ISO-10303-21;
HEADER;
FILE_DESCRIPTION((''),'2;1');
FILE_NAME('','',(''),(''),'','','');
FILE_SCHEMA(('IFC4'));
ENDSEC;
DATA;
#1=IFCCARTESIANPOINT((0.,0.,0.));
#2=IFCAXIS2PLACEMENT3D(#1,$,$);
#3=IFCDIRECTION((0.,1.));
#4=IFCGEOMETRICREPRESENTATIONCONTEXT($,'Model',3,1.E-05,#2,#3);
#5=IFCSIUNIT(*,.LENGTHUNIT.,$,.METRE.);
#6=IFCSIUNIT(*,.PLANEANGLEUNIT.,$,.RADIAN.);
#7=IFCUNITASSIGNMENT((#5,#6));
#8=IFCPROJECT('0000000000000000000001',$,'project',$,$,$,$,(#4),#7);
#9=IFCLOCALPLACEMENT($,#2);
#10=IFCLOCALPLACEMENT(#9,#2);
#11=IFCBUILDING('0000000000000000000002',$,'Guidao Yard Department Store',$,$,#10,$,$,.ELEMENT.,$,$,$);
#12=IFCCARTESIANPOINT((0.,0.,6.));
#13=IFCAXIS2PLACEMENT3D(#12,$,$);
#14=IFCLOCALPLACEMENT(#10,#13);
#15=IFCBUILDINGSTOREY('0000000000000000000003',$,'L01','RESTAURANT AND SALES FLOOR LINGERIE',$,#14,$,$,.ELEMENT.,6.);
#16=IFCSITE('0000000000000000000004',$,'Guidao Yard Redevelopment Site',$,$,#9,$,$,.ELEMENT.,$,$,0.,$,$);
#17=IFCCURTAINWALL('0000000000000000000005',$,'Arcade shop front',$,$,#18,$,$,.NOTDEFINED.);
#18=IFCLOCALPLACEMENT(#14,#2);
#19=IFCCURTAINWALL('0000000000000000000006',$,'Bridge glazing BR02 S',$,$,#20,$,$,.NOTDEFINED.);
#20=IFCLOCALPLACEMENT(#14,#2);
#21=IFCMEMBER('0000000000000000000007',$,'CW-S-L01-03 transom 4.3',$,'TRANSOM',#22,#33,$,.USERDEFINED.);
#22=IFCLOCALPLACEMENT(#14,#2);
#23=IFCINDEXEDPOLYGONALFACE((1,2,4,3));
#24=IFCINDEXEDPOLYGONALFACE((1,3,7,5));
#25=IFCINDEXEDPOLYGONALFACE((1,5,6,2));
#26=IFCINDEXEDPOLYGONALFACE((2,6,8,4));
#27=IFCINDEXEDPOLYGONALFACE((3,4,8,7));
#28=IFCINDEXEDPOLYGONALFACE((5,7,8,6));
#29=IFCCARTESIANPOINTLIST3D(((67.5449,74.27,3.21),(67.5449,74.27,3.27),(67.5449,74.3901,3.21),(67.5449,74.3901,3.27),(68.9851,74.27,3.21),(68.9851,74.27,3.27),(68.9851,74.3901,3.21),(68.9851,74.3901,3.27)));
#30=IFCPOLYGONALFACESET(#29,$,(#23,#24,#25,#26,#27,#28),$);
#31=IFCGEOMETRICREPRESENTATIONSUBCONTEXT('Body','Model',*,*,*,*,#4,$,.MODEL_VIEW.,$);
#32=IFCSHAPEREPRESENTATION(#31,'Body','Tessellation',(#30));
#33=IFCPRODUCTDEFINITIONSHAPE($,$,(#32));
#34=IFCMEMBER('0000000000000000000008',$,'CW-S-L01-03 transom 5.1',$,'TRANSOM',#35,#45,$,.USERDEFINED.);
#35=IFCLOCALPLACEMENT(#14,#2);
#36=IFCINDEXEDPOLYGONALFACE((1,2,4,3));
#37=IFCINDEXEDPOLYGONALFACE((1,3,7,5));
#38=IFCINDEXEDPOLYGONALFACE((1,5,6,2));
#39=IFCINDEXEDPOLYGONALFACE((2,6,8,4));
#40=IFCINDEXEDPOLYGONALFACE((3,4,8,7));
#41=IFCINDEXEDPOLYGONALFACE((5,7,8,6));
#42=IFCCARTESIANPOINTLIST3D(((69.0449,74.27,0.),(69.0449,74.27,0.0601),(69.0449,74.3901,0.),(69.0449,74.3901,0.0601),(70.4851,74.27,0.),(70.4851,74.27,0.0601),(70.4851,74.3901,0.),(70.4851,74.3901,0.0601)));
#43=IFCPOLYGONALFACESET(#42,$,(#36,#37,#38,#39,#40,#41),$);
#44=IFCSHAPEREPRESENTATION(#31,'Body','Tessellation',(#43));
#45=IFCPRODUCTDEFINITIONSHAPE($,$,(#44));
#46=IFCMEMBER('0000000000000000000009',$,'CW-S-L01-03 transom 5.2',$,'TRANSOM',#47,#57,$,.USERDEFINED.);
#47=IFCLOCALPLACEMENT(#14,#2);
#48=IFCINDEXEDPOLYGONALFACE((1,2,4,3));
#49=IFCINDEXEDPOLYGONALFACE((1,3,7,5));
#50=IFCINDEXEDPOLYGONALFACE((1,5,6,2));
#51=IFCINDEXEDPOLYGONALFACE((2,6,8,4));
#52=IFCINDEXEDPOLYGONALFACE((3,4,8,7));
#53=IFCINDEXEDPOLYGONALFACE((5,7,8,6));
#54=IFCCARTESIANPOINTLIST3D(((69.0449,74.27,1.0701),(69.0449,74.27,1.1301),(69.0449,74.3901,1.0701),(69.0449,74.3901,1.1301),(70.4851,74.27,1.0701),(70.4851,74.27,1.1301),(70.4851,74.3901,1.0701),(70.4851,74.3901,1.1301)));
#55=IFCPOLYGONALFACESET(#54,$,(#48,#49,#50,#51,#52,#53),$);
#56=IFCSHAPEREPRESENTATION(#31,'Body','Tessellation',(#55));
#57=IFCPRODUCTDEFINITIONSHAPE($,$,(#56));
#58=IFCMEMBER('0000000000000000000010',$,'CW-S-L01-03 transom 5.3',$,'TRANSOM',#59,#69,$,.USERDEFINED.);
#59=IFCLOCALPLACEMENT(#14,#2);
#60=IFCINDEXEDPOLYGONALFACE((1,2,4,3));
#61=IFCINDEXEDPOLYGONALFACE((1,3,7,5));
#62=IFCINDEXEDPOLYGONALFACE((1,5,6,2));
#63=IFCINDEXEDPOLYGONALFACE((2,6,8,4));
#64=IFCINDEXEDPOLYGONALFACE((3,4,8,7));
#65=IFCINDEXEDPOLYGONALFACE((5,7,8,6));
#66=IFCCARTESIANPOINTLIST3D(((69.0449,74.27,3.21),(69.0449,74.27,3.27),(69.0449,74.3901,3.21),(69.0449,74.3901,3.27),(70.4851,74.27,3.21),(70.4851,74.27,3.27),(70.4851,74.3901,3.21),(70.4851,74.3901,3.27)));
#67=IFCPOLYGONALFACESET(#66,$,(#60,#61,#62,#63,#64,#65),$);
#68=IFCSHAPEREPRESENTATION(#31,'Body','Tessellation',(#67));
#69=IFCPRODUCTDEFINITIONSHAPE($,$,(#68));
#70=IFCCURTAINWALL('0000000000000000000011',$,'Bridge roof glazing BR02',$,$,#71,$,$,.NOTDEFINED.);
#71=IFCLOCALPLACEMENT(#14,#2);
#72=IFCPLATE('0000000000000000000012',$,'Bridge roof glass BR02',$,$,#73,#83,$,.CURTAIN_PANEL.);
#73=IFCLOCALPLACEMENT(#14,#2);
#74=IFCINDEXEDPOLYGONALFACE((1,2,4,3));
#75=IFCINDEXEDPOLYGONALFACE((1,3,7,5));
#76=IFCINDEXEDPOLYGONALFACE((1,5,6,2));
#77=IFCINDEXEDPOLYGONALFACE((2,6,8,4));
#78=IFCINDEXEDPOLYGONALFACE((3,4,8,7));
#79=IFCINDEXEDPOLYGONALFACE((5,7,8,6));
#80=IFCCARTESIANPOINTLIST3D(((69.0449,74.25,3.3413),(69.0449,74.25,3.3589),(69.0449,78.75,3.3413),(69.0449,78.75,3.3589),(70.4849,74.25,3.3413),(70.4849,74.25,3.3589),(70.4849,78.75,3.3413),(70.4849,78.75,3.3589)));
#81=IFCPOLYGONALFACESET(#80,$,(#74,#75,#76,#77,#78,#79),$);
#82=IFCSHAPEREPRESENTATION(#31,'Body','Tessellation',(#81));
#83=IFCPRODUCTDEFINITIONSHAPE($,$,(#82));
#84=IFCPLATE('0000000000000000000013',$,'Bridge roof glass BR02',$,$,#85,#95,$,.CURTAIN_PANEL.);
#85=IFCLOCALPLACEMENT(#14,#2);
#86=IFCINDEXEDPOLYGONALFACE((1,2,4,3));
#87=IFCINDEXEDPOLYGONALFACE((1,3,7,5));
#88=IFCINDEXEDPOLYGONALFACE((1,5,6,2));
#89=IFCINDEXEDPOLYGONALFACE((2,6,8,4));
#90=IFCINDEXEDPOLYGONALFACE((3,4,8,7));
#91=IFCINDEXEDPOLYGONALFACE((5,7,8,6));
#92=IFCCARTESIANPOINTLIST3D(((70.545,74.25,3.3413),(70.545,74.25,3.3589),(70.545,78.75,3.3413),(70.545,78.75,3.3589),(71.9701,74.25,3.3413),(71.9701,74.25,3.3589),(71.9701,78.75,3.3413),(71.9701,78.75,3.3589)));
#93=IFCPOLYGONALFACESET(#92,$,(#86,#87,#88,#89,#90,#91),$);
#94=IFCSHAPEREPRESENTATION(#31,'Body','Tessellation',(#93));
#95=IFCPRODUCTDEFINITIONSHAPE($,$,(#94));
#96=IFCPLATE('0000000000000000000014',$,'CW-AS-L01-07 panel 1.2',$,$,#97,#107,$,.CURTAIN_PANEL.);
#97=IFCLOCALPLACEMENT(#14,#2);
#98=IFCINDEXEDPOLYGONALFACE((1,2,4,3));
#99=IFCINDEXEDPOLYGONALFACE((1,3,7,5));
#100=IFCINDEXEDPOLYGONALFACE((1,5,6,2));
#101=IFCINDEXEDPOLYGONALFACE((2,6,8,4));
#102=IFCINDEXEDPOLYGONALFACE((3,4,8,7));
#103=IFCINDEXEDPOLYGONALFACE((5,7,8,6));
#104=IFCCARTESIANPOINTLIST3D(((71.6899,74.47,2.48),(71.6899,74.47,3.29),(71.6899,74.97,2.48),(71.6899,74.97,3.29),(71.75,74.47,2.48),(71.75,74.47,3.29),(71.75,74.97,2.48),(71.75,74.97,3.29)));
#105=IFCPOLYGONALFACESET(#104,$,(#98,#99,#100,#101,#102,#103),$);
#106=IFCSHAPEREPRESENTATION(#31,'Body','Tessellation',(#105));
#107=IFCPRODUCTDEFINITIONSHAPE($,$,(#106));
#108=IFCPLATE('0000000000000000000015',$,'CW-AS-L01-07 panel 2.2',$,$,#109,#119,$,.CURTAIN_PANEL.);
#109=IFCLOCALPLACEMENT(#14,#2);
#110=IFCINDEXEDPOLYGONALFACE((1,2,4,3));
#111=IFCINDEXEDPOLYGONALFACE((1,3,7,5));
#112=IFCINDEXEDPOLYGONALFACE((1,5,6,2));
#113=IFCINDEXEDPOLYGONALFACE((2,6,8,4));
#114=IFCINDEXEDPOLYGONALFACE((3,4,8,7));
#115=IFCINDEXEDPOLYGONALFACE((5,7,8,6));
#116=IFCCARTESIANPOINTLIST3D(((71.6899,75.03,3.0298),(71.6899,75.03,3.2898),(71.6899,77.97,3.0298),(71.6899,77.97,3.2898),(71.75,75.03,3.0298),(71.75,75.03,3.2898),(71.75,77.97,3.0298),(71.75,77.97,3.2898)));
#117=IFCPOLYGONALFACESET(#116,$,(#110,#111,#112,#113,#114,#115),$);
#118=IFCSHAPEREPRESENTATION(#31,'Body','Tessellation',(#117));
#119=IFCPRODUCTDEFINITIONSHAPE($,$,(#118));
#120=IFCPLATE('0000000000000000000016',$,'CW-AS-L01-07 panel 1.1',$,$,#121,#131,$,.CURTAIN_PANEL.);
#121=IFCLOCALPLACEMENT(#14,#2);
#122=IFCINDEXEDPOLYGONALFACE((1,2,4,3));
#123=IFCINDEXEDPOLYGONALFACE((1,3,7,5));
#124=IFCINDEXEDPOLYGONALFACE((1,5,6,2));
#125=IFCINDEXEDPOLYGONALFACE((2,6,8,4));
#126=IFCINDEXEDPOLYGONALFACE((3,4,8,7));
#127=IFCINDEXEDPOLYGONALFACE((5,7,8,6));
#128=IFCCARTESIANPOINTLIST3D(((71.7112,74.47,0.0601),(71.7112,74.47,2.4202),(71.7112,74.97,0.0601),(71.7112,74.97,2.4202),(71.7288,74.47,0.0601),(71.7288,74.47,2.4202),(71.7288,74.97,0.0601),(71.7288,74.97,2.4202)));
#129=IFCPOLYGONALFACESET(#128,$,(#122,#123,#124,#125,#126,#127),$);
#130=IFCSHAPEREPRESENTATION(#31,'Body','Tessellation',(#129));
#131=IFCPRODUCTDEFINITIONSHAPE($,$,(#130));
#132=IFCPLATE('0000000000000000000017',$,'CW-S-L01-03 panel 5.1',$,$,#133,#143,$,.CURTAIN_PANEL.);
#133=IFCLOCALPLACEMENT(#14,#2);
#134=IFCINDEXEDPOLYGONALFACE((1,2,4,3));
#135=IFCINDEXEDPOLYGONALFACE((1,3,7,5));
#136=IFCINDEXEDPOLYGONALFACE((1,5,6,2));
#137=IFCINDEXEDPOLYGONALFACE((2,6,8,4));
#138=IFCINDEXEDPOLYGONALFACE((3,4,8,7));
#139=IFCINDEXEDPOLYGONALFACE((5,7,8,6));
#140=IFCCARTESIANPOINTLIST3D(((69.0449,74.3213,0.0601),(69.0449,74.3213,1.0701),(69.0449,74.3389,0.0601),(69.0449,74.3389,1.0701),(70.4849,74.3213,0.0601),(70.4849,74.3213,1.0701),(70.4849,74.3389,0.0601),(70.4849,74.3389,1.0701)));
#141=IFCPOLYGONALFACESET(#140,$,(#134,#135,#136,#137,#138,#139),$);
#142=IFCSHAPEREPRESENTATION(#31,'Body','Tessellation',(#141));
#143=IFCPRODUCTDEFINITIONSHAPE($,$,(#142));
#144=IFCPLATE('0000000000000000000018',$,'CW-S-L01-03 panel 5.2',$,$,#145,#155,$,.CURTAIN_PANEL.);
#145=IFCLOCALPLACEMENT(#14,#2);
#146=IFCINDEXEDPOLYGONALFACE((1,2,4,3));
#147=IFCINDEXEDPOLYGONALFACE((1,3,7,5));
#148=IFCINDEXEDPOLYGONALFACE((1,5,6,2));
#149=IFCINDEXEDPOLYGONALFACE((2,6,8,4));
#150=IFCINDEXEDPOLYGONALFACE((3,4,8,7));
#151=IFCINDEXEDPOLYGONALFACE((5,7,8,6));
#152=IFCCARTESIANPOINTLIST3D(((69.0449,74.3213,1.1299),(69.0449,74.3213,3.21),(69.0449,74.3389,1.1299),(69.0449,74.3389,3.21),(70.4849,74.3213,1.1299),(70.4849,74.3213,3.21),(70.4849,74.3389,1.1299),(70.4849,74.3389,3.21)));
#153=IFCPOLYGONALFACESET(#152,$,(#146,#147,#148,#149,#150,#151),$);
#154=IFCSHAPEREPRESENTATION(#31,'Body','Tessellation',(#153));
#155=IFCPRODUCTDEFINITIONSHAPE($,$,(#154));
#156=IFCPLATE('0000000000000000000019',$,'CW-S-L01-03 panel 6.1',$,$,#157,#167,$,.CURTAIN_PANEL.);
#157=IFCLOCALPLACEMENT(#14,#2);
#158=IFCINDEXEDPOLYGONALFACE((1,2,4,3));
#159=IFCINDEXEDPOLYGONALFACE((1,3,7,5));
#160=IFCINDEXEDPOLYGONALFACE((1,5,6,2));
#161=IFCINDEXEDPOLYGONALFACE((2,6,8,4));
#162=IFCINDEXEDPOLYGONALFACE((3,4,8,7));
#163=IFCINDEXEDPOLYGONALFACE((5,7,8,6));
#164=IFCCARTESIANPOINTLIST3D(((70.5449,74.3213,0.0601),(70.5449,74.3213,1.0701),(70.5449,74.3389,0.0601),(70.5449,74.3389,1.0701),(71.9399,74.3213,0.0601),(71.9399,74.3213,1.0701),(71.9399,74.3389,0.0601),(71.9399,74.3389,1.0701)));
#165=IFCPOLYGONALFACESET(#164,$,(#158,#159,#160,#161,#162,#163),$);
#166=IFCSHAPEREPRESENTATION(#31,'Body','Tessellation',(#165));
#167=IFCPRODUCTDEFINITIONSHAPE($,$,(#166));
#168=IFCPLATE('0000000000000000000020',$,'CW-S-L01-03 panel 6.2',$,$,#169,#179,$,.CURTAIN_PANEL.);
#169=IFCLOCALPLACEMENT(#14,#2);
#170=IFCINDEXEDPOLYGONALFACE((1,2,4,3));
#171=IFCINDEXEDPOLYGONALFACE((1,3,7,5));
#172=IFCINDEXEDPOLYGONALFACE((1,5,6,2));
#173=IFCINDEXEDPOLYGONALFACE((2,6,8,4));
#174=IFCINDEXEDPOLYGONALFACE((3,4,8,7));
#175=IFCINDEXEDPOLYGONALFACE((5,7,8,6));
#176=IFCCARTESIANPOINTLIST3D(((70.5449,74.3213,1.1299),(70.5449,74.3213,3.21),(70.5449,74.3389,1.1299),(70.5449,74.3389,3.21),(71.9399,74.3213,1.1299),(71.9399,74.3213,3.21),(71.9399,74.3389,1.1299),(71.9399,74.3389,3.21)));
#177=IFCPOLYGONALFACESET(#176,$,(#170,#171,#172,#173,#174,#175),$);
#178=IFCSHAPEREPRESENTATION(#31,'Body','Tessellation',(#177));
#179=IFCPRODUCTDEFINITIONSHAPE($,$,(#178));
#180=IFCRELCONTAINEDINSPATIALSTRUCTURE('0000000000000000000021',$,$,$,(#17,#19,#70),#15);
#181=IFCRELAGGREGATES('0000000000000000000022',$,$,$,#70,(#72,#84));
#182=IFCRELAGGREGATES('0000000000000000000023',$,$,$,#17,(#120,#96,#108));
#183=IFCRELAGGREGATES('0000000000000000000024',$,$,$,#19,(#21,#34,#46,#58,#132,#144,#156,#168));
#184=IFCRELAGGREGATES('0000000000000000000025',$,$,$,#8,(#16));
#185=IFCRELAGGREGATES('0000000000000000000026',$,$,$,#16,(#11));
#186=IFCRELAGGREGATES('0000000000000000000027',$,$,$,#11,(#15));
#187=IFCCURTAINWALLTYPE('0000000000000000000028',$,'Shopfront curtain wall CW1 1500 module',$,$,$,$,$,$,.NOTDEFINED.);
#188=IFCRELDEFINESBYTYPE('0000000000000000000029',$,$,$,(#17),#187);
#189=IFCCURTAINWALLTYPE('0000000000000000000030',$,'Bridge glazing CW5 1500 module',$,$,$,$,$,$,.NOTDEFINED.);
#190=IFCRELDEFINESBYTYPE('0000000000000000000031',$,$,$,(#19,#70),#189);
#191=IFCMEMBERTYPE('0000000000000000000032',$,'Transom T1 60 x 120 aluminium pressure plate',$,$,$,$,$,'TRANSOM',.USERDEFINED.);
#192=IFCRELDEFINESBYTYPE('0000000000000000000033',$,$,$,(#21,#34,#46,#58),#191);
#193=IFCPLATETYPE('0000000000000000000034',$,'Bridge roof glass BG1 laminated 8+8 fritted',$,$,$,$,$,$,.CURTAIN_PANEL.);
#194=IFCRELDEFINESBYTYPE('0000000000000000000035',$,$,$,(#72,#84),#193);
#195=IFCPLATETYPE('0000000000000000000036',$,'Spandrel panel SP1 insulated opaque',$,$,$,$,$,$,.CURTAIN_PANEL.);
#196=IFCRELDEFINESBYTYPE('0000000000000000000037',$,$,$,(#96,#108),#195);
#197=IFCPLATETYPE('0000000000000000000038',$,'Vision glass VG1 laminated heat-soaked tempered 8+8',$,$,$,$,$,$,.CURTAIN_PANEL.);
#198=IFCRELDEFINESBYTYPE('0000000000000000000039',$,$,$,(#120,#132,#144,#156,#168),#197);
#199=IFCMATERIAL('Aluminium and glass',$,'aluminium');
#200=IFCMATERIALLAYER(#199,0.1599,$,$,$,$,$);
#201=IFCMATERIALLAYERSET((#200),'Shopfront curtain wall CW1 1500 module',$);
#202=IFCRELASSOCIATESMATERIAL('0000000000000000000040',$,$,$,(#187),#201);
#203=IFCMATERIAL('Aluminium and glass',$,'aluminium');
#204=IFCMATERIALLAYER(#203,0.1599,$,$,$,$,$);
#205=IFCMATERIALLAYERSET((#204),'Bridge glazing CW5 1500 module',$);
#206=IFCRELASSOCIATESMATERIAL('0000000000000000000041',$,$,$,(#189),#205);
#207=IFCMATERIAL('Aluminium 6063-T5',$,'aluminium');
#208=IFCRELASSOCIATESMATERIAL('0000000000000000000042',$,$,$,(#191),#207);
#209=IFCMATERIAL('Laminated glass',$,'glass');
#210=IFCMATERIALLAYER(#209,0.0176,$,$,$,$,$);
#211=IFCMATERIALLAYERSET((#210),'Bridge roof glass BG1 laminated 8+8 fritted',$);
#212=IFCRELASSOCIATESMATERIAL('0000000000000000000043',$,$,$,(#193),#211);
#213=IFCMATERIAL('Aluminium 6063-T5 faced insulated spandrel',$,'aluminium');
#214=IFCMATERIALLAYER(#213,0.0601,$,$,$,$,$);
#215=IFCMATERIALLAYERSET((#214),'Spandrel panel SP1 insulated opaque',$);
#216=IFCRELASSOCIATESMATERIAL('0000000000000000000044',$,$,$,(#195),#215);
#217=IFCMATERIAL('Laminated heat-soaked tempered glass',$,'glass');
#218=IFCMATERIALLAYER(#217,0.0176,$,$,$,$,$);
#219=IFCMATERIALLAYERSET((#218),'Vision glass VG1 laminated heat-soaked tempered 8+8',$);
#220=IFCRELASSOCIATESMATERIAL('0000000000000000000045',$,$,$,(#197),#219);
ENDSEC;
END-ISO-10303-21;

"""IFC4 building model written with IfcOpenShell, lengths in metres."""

from ifc_helpers import new_model, si_unit, direction, frame, origin, origin_2d, place, context, subcontext, project, spatial, rectangle, extrude, material, layer, layer_set, material_profile, profile_set, type_object, element, aggregate, save


model = new_model("IFC4")

# Units and contexts
model_context = context("Model", 3, precision=1e-05, world=origin(), true_north=direction((0.0, 1.0)))
body_context = subcontext(model_context, "Body", "Model", "MODEL_VIEW")
ifc_project = project(units=[si_unit("LENGTHUNIT", "METRE"), si_unit("PLANEANGLEUNIT", "RADIAN")], contexts=[model_context])

# Site, building, storey
site_placement = place(None, origin())
site = spatial("IfcSite", under=ifc_project, at=site_placement, Name="Guidao Yard Redevelopment Site", CompositionType="ELEMENT", RefElevation=0.0)
building_placement = place(site_placement, origin())
building = spatial("IfcBuilding", under=site, at=building_placement, Name="Guidao Yard Department Store", CompositionType="ELEMENT")
storey_placement = place(building_placement, frame((0.0, 0.0, 6.0)))
storey = spatial("IfcBuildingStorey", under=building, at=storey_placement, Name="L01", Description="RESTAURANT AND SALES FLOOR LINGERIE", CompositionType="ELEMENT", Elevation=6.0)

# Curtain walls
ifc_material_1 = material(Name="Aluminium and glass", Category="aluminium")
ifc_layer_1 = layer(ifc_material_1, 0.1599)
ifc_layer_set_1 = layer_set([ifc_layer_1], Name="Shopfront curtain wall CW1 1500 module")
curtain_wall_type_1 = type_object("IfcCurtainWallType", Name="Shopfront curtain wall CW1 1500 module", PredefinedType="NOTDEFINED", material=ifc_layer_set_1)
curtain_wall_1_placement = place(storey_placement, origin())
curtain_wall_1 = element("IfcCurtainWall", 1, at=curtain_wall_1_placement, inside=storey, type_object=curtain_wall_type_1, Name="Arcade shop front", PredefinedType="NOTDEFINED")
ifc_material_2 = material(Name="Aluminium and glass", Category="aluminium")
ifc_layer_2 = layer(ifc_material_2, 0.1599)
ifc_layer_set_2 = layer_set([ifc_layer_2], Name="Bridge glazing CW5 1500 module")
curtain_wall_type_2 = type_object("IfcCurtainWallType", Name="Bridge glazing CW5 1500 module", PredefinedType="NOTDEFINED", material=ifc_layer_set_2)
curtain_wall_2_placement = place(storey_placement, origin())
curtain_wall_2 = element("IfcCurtainWall", 2, at=curtain_wall_2_placement, inside=storey, type_object=curtain_wall_type_2, Name="Bridge glazing BR02 S", PredefinedType="NOTDEFINED")

# Members
ifc_material_3 = material(Name="Aluminium 6063-T5", Category="aluminium")
ifc_material_profile_1 = material_profile(ifc_material_3, rectangle(XDim=0.1201, YDim=0.0601, at=origin_2d()), Name="Transom T1 60 x 120 aluminium pressure plate")
ifc_profile_set_1 = profile_set([ifc_material_profile_1], Name="Aluminium 6063-T5")
member_type_1 = type_object("IfcMemberType", Name="Transom T1 60 x 120 aluminium pressure plate", ElementType="TRANSOM", PredefinedType="USERDEFINED", material=ifc_profile_set_1)
member_1_placement = place(storey_placement, frame((68.9851, 74.3301, 3.24), z_axis=(-1.0, 0.0, 0.0), x_axis=(0.0, -1.0, 0.0)))
member_1 = element("IfcMember", 3, at=member_1_placement, type_object=member_type_1, Name="CW-S-L01-03 transom 4.3", ObjectType="TRANSOM", PredefinedType="USERDEFINED", context=body_context, shape_type="SweptSolid", body=[
    extrude(rectangle(XDim=0.1201, YDim=0.0601, at=origin_2d()), origin(), (0.0, 0.0, 1.0), 1.4402),
])
member_2_placement = place(storey_placement, frame((70.4851, 74.3301, 0.03), z_axis=(-1.0, 0.0, 0.0), x_axis=(0.0, -1.0, 0.0)))
member_2 = element("IfcMember", 4, at=member_2_placement, type_object=member_type_1, Name="CW-S-L01-03 transom 5.1", ObjectType="TRANSOM", PredefinedType="USERDEFINED", context=body_context, shape_type="SweptSolid", body=[
    extrude(rectangle(XDim=0.1201, YDim=0.0601, at=origin_2d()), origin(), (0.0, 0.0, 1.0), 1.4402),
])
member_3_placement = place(storey_placement, frame((70.4851, 74.3301, 1.1001), z_axis=(-1.0, 0.0, 0.0), x_axis=(0.0, -1.0, 0.0)))
member_3 = element("IfcMember", 5, at=member_3_placement, type_object=member_type_1, Name="CW-S-L01-03 transom 5.2", ObjectType="TRANSOM", PredefinedType="USERDEFINED", context=body_context, shape_type="SweptSolid", body=[
    extrude(rectangle(XDim=0.1201, YDim=0.0601, at=origin_2d()), origin(), (0.0, 0.0, 1.0), 1.4402),
])
member_4_placement = place(storey_placement, frame((70.4851, 74.3301, 3.24), z_axis=(-1.0, 0.0, 0.0), x_axis=(0.0, -1.0, 0.0)))
member_4 = element("IfcMember", 6, at=member_4_placement, type_object=member_type_1, Name="CW-S-L01-03 transom 5.3", ObjectType="TRANSOM", PredefinedType="USERDEFINED", context=body_context, shape_type="SweptSolid", body=[
    extrude(rectangle(XDim=0.1201, YDim=0.0601, at=origin_2d()), origin(), (0.0, 0.0, 1.0), 1.4402),
])

# Curtain wall, plates
curtain_wall_3_placement = place(storey_placement, origin())
curtain_wall_3 = element("IfcCurtainWall", 7, at=curtain_wall_3_placement, inside=storey, type_object=curtain_wall_type_2, Name="Bridge roof glazing BR02", PredefinedType="NOTDEFINED")
ifc_material_4 = material(Name="Laminated glass", Category="glass")
ifc_layer_3 = layer(ifc_material_4, 0.0176)
ifc_layer_set_3 = layer_set([ifc_layer_3], Name="Bridge roof glass BG1 laminated 8+8 fritted")
plate_type_1 = type_object("IfcPlateType", Name="Bridge roof glass BG1 laminated 8+8 fritted", PredefinedType="CURTAIN_PANEL", material=ifc_layer_set_3)
plate_1_placement = place(storey_placement, frame((69.7649, 76.5, 3.3413), z_axis=(0.0, 0.0, 1.0), x_axis=(1.0, 0.0, 0.0)))
plate_1 = element("IfcPlate", 8, at=plate_1_placement, type_object=plate_type_1, Name="Bridge roof glass BR02", PredefinedType="CURTAIN_PANEL", context=body_context, shape_type="SweptSolid", body=[
    extrude(rectangle(XDim=1.4399, YDim=4.5, at=origin_2d()), origin(), (0.0, 0.0, 1.0), 0.0176),
])
plate_2_placement = place(storey_placement, frame((71.2576, 76.5, 3.3413), z_axis=(0.0, 0.0, 1.0), x_axis=(1.0, 0.0, 0.0)))
plate_2 = element("IfcPlate", 9, at=plate_2_placement, type_object=plate_type_1, Name="Bridge roof glass BR02", PredefinedType="CURTAIN_PANEL", context=body_context, shape_type="SweptSolid", body=[
    extrude(rectangle(XDim=1.425, YDim=4.5, at=origin_2d()), origin(), (0.0, 0.0, 1.0), 0.0176),
])
aggregate(curtain_wall_3, [plate_1, plate_2])

# Plates
ifc_material_5 = material(Name="Aluminium 6063-T5 faced insulated spandrel", Category="aluminium")
ifc_layer_4 = layer(ifc_material_5, 0.0601)
ifc_layer_set_4 = layer_set([ifc_layer_4], Name="Spandrel panel SP1 insulated opaque")
plate_type_2 = type_object("IfcPlateType", Name="Spandrel panel SP1 insulated opaque", PredefinedType="CURTAIN_PANEL", material=ifc_layer_set_4)
plate_3_placement = place(storey_placement, frame((71.72, 74.72, 2.48), z_axis=(0.0, 0.0, 1.0), x_axis=(0.0, 1.0, 0.0)))
plate_3 = element("IfcPlate", 10, at=plate_3_placement, type_object=plate_type_2, Name="CW-AS-L01-07 panel 1.2", PredefinedType="CURTAIN_PANEL", context=body_context, shape_type="SweptSolid", body=[
    extrude(rectangle(XDim=0.5, YDim=0.0601, at=origin_2d()), origin(), (0.0, 0.0, 1.0), 0.8101),
])
plate_4_placement = place(storey_placement, frame((71.72, 76.5, 3.0298), z_axis=(0.0, 0.0, 1.0), x_axis=(0.0, 1.0, 0.0)))
plate_4 = element("IfcPlate", 11, at=plate_4_placement, type_object=plate_type_2, Name="CW-AS-L01-07 panel 2.2", PredefinedType="CURTAIN_PANEL", context=body_context, shape_type="SweptSolid", body=[
    extrude(rectangle(XDim=2.9399, YDim=0.0601, at=origin_2d()), origin(), (0.0, 0.0, 1.0), 0.26),
])
ifc_material_6 = material(Name="Laminated heat-soaked tempered glass", Category="glass")
ifc_layer_5 = layer(ifc_material_6, 0.0176)
ifc_layer_set_5 = layer_set([ifc_layer_5], Name="Vision glass VG1 laminated heat-soaked tempered 8+8")
plate_type_3 = type_object("IfcPlateType", Name="Vision glass VG1 laminated heat-soaked tempered 8+8", PredefinedType="CURTAIN_PANEL", material=ifc_layer_set_5)
plate_5_placement = place(storey_placement, frame((71.72, 74.72, 0.0601), z_axis=(0.0, 0.0, 1.0), x_axis=(0.0, 1.0, 0.0)))
plate_5 = element("IfcPlate", 12, at=plate_5_placement, type_object=plate_type_3, Name="CW-AS-L01-07 panel 1.1", PredefinedType="CURTAIN_PANEL", context=body_context, shape_type="SweptSolid", body=[
    extrude(rectangle(XDim=0.5, YDim=0.0176, at=origin_2d()), origin(), (0.0, 0.0, 1.0), 2.3601),
])
aggregate(curtain_wall_1, [plate_5, plate_3, plate_4])
plate_6_placement = place(storey_placement, frame((69.7649, 74.3301, 0.0601), z_axis=(0.0, 0.0, 1.0), x_axis=(-1.0, 0.0, 0.0)))
plate_6 = element("IfcPlate", 13, at=plate_6_placement, type_object=plate_type_3, Name="CW-S-L01-03 panel 5.1", PredefinedType="CURTAIN_PANEL", context=body_context, shape_type="SweptSolid", body=[
    extrude(rectangle(XDim=1.4399, YDim=0.0176, at=origin_2d()), origin(), (0.0, 0.0, 1.0), 1.01),
])
plate_7_placement = place(storey_placement, frame((69.7649, 74.3301, 1.1299), z_axis=(0.0, 0.0, 1.0), x_axis=(-1.0, 0.0, 0.0)))
plate_7 = element("IfcPlate", 14, at=plate_7_placement, type_object=plate_type_3, Name="CW-S-L01-03 panel 5.2", PredefinedType="CURTAIN_PANEL", context=body_context, shape_type="SweptSolid", body=[
    extrude(rectangle(XDim=1.4399, YDim=0.0176, at=origin_2d()), origin(), (0.0, 0.0, 1.0), 2.0801),
])
plate_8_placement = place(storey_placement, frame((71.2424, 74.3301, 0.0601), z_axis=(0.0, 0.0, 1.0), x_axis=(-1.0, 0.0, 0.0)))
plate_8 = element("IfcPlate", 15, at=plate_8_placement, type_object=plate_type_3, Name="CW-S-L01-03 panel 6.1", PredefinedType="CURTAIN_PANEL", context=body_context, shape_type="SweptSolid", body=[
    extrude(rectangle(XDim=1.395, YDim=0.0176, at=origin_2d()), origin(), (0.0, 0.0, 1.0), 1.01),
])
plate_9_placement = place(storey_placement, frame((71.2424, 74.3301, 1.1299), z_axis=(0.0, 0.0, 1.0), x_axis=(-1.0, 0.0, 0.0)))
plate_9 = element("IfcPlate", 16, at=plate_9_placement, type_object=plate_type_3, Name="CW-S-L01-03 panel 6.2", PredefinedType="CURTAIN_PANEL", context=body_context, shape_type="SweptSolid", body=[
    extrude(rectangle(XDim=1.395, YDim=0.0176, at=origin_2d()), origin(), (0.0, 0.0, 1.0), 2.0801),
])
aggregate(curtain_wall_2, [member_1, member_2, member_3, member_4, plate_6, plate_7, plate_8, plate_9])

save(model, "model.ifc")
